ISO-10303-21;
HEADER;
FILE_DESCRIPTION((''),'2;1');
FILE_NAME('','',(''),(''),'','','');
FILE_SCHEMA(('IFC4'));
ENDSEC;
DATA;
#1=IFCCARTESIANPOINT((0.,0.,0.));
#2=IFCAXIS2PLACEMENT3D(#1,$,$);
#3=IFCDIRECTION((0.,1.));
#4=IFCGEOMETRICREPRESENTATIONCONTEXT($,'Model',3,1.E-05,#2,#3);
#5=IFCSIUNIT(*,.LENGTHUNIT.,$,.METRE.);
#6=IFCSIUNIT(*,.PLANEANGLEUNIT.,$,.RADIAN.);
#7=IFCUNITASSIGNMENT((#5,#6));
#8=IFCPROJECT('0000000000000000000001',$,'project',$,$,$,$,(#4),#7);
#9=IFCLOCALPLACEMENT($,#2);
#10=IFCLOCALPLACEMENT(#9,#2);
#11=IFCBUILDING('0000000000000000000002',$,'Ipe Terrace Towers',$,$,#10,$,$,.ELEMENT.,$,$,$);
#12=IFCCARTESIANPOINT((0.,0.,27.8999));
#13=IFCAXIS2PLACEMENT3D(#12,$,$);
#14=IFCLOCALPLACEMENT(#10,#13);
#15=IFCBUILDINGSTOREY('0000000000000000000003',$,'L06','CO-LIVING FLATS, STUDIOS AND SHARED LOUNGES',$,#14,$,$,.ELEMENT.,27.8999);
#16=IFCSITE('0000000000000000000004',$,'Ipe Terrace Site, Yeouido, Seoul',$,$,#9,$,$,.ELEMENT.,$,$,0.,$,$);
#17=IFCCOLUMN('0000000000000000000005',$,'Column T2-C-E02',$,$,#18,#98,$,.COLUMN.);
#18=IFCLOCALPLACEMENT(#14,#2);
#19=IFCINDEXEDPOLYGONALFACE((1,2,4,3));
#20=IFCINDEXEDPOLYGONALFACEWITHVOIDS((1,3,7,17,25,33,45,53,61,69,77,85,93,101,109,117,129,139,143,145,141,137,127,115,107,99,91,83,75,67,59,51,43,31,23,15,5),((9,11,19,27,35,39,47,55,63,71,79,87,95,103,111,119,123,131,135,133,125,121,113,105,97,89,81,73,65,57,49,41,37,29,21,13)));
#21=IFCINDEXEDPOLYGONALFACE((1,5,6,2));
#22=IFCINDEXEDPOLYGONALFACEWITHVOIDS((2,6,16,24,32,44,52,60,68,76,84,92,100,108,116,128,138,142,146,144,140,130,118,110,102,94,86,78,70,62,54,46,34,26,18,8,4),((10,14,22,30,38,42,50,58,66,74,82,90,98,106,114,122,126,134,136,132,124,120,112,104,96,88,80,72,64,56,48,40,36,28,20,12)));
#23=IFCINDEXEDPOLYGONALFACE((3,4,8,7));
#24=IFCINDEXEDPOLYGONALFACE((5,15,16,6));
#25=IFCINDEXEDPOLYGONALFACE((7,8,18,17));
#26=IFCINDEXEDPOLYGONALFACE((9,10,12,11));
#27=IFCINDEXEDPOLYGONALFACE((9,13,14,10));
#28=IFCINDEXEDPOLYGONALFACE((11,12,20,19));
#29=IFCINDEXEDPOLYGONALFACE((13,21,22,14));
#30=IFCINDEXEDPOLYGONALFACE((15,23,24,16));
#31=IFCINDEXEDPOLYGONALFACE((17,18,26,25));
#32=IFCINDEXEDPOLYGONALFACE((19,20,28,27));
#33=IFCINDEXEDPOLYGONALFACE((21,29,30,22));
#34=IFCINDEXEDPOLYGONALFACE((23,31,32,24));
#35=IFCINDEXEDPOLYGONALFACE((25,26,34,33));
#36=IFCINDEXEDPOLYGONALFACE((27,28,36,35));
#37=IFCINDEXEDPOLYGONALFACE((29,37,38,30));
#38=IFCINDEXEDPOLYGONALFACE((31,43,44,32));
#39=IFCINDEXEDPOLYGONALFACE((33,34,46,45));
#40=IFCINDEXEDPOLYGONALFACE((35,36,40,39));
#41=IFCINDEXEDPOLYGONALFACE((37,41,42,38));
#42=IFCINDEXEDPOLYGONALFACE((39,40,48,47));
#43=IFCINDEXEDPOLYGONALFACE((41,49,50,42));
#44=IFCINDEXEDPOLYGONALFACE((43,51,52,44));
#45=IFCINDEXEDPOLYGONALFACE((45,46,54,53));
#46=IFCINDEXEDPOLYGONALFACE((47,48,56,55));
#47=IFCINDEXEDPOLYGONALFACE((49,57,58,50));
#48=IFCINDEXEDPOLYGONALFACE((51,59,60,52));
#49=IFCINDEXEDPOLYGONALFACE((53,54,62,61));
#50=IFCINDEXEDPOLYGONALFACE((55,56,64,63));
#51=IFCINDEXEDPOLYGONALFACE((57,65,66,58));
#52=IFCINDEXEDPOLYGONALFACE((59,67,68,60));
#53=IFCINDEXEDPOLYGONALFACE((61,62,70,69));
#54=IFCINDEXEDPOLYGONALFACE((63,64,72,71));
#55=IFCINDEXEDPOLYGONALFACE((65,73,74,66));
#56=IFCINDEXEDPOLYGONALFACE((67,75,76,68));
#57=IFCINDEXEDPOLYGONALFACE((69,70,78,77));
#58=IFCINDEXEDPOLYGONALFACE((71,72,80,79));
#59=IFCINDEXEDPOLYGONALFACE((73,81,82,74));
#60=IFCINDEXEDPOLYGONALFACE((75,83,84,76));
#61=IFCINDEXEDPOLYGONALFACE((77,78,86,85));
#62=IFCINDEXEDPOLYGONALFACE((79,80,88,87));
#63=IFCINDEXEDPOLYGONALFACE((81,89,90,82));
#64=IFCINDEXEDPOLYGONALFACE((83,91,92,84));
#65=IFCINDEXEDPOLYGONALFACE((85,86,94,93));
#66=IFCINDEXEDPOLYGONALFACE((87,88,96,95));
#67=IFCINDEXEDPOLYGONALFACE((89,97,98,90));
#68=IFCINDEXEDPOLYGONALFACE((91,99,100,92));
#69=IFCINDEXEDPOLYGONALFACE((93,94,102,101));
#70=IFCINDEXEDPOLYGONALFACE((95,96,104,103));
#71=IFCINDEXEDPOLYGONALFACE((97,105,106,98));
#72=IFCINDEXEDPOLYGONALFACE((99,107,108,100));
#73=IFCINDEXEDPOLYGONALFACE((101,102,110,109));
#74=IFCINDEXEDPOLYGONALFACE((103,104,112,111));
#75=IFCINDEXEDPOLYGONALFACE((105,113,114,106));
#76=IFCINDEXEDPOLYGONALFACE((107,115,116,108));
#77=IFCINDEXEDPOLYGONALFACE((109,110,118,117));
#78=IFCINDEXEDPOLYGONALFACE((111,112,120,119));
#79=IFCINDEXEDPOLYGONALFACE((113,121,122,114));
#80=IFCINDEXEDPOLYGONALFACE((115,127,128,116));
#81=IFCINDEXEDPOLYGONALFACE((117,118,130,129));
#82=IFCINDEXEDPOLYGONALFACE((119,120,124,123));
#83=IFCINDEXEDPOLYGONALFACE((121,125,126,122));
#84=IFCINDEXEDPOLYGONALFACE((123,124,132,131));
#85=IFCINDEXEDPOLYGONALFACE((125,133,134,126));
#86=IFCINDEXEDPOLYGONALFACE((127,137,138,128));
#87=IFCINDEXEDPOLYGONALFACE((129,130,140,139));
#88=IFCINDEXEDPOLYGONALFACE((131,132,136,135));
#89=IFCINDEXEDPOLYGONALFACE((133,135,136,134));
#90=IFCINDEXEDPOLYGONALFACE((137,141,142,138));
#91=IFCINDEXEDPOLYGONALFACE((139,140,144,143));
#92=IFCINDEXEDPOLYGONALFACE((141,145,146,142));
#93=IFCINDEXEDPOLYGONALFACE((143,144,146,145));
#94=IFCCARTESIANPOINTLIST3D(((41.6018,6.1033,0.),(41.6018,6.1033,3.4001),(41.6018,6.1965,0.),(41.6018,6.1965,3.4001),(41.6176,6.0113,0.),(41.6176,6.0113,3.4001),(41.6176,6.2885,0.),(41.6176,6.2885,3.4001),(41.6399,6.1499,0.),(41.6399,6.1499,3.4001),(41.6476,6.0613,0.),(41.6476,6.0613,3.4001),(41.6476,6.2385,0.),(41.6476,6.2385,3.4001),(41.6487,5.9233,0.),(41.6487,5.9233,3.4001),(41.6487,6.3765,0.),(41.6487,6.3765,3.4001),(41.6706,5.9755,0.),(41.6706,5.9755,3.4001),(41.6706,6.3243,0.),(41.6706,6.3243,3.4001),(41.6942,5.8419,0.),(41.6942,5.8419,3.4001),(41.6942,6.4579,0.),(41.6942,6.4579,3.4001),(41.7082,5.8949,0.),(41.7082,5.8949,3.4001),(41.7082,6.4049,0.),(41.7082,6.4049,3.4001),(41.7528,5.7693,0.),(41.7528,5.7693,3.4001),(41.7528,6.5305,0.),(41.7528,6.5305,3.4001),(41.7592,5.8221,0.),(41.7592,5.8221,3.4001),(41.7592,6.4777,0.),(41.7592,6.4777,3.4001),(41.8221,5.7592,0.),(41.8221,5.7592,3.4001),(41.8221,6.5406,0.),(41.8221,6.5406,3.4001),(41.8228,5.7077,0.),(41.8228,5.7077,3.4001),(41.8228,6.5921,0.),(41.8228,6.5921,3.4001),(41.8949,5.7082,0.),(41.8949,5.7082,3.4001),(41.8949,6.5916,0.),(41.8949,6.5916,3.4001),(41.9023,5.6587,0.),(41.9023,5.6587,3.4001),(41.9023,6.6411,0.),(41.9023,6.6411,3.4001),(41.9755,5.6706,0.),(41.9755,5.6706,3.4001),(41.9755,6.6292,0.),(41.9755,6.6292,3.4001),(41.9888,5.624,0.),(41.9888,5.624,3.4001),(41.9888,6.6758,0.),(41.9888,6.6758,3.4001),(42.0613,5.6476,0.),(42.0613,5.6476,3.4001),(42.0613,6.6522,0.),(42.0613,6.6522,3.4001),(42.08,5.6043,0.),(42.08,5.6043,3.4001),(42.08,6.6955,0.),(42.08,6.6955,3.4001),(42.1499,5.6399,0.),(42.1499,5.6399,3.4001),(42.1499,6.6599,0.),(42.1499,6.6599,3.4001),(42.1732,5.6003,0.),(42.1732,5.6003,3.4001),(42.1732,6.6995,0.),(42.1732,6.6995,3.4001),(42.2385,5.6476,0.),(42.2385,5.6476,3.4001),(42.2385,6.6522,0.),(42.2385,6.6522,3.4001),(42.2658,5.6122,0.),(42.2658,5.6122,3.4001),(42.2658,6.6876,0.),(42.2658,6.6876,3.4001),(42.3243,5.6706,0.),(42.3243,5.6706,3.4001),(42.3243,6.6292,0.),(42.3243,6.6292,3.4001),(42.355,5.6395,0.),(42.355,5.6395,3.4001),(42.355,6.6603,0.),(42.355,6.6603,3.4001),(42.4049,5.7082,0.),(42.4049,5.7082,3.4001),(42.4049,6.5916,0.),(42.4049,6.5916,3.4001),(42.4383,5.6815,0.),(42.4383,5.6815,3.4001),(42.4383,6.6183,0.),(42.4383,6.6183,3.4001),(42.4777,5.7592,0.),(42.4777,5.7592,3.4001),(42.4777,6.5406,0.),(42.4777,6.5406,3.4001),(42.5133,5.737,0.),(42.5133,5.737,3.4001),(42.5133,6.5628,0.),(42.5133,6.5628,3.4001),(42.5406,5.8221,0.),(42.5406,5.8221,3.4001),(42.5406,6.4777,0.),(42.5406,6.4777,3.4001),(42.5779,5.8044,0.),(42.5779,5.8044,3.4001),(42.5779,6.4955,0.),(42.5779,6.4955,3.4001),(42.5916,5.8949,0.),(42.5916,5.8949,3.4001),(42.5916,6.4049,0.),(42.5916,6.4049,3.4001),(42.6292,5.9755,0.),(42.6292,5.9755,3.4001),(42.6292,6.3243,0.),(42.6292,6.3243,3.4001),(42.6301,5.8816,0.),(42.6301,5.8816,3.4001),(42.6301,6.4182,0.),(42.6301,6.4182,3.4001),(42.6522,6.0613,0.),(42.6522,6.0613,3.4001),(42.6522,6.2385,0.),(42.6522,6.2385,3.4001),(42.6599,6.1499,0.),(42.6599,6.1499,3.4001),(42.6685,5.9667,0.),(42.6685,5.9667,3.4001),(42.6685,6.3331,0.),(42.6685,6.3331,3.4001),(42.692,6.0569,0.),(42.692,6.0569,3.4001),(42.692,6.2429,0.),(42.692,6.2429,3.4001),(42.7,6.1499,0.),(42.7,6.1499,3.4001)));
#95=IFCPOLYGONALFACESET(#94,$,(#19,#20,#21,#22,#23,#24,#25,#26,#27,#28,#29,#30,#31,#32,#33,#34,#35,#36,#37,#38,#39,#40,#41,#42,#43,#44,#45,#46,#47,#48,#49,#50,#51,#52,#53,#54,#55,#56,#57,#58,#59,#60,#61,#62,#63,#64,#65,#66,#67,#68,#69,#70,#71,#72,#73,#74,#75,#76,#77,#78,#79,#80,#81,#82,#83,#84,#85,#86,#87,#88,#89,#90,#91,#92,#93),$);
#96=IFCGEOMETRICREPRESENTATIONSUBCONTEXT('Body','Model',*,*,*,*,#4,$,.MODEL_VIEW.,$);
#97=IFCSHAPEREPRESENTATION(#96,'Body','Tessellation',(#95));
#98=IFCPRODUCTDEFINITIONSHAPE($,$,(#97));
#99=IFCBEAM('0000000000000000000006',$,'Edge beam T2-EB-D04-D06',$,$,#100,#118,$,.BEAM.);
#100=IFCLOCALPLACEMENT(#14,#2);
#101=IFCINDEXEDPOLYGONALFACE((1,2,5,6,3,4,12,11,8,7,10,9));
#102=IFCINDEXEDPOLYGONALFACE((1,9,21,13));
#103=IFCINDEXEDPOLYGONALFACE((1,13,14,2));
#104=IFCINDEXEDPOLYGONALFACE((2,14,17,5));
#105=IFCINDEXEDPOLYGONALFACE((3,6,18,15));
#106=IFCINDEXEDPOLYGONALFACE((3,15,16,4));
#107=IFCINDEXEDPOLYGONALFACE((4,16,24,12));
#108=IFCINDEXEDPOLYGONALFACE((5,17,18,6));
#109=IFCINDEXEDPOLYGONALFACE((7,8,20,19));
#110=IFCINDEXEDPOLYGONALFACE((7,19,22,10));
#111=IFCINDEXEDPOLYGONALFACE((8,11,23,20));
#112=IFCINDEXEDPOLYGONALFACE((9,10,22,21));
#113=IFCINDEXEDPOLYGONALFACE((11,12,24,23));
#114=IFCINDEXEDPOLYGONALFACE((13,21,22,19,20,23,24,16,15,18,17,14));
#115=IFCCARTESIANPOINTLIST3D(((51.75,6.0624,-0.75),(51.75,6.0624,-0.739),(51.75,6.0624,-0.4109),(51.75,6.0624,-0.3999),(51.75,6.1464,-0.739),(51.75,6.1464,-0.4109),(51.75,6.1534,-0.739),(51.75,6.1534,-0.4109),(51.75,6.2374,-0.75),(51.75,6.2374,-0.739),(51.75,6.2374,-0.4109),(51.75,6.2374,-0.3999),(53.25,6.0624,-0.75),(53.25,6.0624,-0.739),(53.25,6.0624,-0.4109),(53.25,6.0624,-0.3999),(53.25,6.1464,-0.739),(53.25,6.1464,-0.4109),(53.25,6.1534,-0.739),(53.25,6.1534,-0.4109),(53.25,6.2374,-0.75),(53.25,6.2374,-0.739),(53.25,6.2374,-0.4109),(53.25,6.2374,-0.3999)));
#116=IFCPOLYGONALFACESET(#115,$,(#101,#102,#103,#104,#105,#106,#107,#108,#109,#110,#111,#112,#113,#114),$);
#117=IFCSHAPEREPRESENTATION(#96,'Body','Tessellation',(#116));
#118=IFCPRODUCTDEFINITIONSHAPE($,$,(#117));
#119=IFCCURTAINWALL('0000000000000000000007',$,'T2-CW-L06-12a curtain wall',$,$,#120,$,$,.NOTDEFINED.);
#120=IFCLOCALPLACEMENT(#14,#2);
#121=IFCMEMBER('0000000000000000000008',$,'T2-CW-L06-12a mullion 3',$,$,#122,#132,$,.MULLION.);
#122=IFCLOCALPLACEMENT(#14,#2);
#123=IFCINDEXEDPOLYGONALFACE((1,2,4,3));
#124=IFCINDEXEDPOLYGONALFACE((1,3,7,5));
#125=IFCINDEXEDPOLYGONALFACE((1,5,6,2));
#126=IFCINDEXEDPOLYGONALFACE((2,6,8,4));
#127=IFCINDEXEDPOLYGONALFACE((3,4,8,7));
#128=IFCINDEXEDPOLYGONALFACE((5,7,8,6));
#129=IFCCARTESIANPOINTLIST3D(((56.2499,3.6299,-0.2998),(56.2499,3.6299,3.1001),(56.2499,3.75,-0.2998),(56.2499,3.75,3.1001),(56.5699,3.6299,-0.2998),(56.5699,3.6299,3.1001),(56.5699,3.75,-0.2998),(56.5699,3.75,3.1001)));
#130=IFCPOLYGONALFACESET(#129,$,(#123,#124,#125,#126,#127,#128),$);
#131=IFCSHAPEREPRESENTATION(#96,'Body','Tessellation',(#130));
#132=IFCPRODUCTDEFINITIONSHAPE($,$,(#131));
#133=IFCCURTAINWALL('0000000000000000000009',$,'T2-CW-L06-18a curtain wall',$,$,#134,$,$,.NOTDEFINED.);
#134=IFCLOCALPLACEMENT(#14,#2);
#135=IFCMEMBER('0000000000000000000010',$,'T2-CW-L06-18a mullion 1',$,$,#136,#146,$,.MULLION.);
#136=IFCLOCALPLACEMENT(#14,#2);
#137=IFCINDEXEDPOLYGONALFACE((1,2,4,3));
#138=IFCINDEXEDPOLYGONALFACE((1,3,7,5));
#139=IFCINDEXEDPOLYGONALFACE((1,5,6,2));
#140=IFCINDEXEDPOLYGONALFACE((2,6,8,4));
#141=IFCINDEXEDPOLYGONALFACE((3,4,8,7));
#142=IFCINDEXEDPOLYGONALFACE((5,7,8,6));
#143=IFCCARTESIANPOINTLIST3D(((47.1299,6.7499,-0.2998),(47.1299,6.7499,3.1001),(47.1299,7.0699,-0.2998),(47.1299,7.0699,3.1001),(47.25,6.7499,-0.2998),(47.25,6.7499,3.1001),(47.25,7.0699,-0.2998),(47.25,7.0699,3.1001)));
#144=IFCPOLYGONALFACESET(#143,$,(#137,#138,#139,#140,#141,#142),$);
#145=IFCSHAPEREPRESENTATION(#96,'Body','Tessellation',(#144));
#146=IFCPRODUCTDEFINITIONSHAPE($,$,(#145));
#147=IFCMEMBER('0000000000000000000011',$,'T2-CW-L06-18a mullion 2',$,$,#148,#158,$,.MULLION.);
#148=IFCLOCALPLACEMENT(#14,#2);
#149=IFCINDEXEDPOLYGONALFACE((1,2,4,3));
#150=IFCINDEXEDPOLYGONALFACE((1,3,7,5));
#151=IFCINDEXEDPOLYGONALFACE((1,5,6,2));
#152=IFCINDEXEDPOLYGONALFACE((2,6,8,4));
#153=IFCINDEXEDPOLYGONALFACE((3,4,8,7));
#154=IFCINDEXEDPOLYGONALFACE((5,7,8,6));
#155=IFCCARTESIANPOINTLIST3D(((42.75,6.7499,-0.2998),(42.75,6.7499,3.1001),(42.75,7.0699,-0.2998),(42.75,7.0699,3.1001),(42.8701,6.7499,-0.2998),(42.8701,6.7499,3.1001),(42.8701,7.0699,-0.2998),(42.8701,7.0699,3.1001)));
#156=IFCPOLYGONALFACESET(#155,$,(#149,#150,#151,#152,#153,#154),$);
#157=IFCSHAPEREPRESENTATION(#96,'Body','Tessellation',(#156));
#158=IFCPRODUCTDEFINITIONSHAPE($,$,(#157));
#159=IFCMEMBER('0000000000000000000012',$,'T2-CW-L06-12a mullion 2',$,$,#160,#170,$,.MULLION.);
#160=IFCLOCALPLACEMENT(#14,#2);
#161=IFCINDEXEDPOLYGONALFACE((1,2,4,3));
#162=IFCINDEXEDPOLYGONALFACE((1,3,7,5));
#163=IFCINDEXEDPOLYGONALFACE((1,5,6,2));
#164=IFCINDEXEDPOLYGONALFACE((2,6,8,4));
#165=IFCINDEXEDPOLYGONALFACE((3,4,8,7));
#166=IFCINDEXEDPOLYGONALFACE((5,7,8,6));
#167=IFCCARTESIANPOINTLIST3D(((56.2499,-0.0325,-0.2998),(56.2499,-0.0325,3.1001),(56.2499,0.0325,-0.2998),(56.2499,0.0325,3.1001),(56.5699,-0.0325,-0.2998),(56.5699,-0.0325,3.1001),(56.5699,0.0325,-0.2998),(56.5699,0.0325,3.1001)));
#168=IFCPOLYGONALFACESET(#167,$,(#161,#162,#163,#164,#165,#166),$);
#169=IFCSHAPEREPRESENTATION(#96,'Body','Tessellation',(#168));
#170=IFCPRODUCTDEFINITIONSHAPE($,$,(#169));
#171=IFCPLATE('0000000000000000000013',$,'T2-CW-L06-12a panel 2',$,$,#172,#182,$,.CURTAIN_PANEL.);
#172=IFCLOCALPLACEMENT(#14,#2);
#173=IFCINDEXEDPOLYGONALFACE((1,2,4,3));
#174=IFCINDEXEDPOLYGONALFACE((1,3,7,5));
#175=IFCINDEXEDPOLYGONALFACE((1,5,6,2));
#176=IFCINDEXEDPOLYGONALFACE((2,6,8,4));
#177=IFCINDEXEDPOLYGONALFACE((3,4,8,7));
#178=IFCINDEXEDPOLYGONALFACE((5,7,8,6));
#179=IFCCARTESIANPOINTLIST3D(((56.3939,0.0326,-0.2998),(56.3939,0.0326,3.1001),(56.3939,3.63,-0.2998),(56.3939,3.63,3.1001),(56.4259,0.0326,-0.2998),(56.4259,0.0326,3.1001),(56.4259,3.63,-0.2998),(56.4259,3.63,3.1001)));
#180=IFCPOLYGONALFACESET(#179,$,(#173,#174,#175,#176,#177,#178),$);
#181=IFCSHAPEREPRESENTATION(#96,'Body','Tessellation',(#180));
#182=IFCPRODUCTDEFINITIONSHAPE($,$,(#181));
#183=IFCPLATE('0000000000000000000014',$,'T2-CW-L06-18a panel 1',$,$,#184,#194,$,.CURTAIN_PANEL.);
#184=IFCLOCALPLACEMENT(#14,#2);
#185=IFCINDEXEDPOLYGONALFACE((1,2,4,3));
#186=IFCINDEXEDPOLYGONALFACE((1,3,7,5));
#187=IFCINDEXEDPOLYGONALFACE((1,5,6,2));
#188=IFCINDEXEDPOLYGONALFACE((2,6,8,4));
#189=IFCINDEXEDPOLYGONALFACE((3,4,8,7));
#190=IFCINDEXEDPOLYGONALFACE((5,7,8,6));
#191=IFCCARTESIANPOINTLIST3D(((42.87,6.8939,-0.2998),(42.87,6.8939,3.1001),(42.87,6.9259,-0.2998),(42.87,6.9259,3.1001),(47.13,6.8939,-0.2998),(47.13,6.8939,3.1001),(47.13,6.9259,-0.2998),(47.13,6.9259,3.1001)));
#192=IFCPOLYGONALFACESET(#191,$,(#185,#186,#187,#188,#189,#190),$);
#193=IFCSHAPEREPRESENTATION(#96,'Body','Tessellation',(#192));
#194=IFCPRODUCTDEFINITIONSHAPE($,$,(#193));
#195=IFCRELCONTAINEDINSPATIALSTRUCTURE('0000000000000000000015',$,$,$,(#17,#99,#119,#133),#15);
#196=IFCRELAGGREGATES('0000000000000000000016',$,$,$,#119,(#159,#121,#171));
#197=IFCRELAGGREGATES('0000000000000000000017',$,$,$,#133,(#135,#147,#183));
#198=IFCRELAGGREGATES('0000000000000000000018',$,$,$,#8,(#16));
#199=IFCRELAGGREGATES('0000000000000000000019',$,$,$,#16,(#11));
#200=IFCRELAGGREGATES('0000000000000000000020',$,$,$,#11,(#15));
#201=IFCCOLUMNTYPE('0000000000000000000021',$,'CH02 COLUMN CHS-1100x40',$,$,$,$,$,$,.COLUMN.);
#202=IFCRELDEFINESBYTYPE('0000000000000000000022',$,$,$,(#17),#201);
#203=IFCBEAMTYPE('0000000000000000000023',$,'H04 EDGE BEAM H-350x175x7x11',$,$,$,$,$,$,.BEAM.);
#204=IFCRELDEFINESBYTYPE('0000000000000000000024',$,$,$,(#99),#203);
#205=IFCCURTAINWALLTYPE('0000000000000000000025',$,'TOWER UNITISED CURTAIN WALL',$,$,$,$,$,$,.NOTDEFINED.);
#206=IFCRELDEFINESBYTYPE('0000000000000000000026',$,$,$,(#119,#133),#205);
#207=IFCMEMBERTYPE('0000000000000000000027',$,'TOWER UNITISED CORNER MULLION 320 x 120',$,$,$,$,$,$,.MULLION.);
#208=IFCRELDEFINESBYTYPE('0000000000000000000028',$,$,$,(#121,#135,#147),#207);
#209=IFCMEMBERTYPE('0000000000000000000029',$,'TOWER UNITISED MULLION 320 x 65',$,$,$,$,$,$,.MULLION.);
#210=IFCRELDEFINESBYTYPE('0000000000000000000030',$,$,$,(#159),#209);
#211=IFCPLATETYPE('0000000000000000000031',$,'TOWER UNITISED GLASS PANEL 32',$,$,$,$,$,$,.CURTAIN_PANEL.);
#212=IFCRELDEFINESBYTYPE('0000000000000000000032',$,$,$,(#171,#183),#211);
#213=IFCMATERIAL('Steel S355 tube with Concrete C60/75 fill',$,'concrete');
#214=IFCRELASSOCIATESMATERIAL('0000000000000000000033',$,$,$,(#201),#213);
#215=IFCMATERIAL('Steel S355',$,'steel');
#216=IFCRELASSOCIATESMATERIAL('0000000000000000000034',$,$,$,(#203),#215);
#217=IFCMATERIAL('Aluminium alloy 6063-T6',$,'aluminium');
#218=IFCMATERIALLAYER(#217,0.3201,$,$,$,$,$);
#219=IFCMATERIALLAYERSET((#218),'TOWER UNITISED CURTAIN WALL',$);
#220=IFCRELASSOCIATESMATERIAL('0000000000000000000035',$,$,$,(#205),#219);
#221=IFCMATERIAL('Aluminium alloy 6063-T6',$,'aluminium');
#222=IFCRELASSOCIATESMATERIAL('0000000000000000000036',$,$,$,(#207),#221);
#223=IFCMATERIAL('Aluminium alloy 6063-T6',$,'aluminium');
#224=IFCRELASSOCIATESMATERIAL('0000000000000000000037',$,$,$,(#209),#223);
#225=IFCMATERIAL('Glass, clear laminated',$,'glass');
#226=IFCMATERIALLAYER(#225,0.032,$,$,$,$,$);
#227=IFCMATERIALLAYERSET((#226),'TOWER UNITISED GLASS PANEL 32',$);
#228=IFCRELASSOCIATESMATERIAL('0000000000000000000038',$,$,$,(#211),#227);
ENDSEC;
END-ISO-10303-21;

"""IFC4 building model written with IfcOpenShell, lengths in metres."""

from ifc_helpers import new_model, si_unit, direction, frame, origin, origin_2d, place, context, subcontext, project, spatial, rectangle, hollow_circle, i_section, extrude, material, layer, layer_set, material_profile, profile_set, type_object, element, aggregate, save


model = new_model("IFC4")

# Units and contexts
model_context = context("Model", 3, precision=1e-05, world=origin(), true_north=direction((0.0, 1.0)))
body_context = subcontext(model_context, "Body", "Model", "MODEL_VIEW")
ifc_project = project(units=[si_unit("LENGTHUNIT", "METRE"), si_unit("PLANEANGLEUNIT", "RADIAN")], contexts=[model_context])

# Site, building, storey
site_placement = place(None, origin())
site = spatial("IfcSite", under=ifc_project, at=site_placement, Name="Ipe Terrace Site, Yeouido, Seoul", CompositionType="ELEMENT", RefElevation=0.0)
building_placement = place(site_placement, origin())
building = spatial("IfcBuilding", under=site, at=building_placement, Name="Ipe Terrace Towers", CompositionType="ELEMENT")
storey_placement = place(building_placement, frame((0.0, 0.0, 27.8999)))
storey = spatial("IfcBuildingStorey", under=building, at=storey_placement, Name="L06", Description="CO-LIVING FLATS, STUDIOS AND SHARED LOUNGES", CompositionType="ELEMENT", Elevation=27.8999)

# Column
ifc_material_1 = material(Name="Steel S355 tube with Concrete C60/75 fill", Category="concrete")
ifc_material_profile_1 = material_profile(ifc_material_1, hollow_circle(Radius=0.55, WallThickness=0.04, at=origin_2d()), Name="CHS-1100x40")
ifc_profile_set_1 = profile_set([ifc_material_profile_1], Name="Steel S355 tube with Concrete C60/75 fill")
column_type_1 = type_object("IfcColumnType", Name="CH02 COLUMN CHS-1100x40", PredefinedType="COLUMN", material=ifc_profile_set_1)
column_placement = place(storey_placement, frame((42.1499, 6.1499, 0.0), z_axis=(0.0, 0.0, 1.0), x_axis=(1.0, 0.0, 0.0)))
element("IfcColumn", 1, at=column_placement, inside=storey, type_object=column_type_1, Name="Column T2-C-E02", PredefinedType="COLUMN", context=body_context, shape_type="SweptSolid", body=[
    extrude(hollow_circle(Radius=0.55, WallThickness=0.04, at=origin_2d()), origin(), (0.0, 0.0, 1.0), 3.4001),
])

# Beam
ifc_material_2 = material(Name="Steel S355", Category="steel")
ifc_material_profile_2 = material_profile(ifc_material_2, i_section(OverallWidth=0.175, OverallDepth=0.3501, WebThickness=0.0071, FlangeThickness=0.011, at=origin_2d()), Name="H-350x175x7x11")
ifc_profile_set_2 = profile_set([ifc_material_profile_2], Name="Steel S355")
beam_type = type_object("IfcBeamType", Name="H04 EDGE BEAM H-350x175x7x11", PredefinedType="BEAM", material=ifc_profile_set_2)
beam_placement = place(storey_placement, frame((51.75, 6.1499, -0.575), z_axis=(1.0, 0.0, 0.0), x_axis=(0.0, 1.0, 0.0)))
element("IfcBeam", 2, at=beam_placement, inside=storey, type_object=beam_type, Name="Edge beam T2-EB-D04-D06", PredefinedType="BEAM", context=body_context, shape_type="SweptSolid", body=[
    extrude(i_section(OverallWidth=0.175, OverallDepth=0.3501, WebThickness=0.0071, FlangeThickness=0.011, at=origin_2d()), origin(), (0.0, 0.0, 1.0), 1.5),
])

# Curtain wall, member
ifc_material_3 = material(Name="Aluminium alloy 6063-T6", Category="aluminium")
ifc_layer_1 = layer(ifc_material_3, 0.3201)
ifc_layer_set_1 = layer_set([ifc_layer_1], Name="TOWER UNITISED CURTAIN WALL")
curtain_wall_type = type_object("IfcCurtainWallType", Name="TOWER UNITISED CURTAIN WALL", PredefinedType="NOTDEFINED", material=ifc_layer_set_1)
curtain_wall_1_placement = place(storey_placement, origin())
curtain_wall_1 = element("IfcCurtainWall", 3, at=curtain_wall_1_placement, inside=storey, type_object=curtain_wall_type, Name="T2-CW-L06-12a curtain wall", PredefinedType="NOTDEFINED")
ifc_material_4 = material(Name="Aluminium alloy 6063-T6", Category="aluminium")
ifc_material_profile_3 = material_profile(ifc_material_4, rectangle(XDim=0.3201, YDim=0.1201, at=origin_2d()), Name="TOWER UNITISED CORNER MULLION 320 x 120")
ifc_profile_set_3 = profile_set([ifc_material_profile_3], Name="Aluminium alloy 6063-T6")
member_type_1 = type_object("IfcMemberType", Name="TOWER UNITISED CORNER MULLION 320 x 120", PredefinedType="MULLION", material=ifc_profile_set_3)
member_1_placement = place(storey_placement, frame((56.4099, 3.6899, -0.2998), z_axis=(0.0, 0.0, 1.0), x_axis=(1.0, 0.0, 0.0)))
member_1 = element("IfcMember", 4, at=member_1_placement, type_object=member_type_1, Name="T2-CW-L06-12a mullion 3", PredefinedType="MULLION", context=body_context, shape_type="SweptSolid", body=[
    extrude(rectangle(XDim=0.3201, YDim=0.1201, at=origin_2d()), origin(), (0.0, 0.0, 1.0), 3.3999),
])

# Curtain wall, members
curtain_wall_2_placement = place(storey_placement, origin())
curtain_wall_2 = element("IfcCurtainWall", 5, at=curtain_wall_2_placement, inside=storey, type_object=curtain_wall_type, Name="T2-CW-L06-18a curtain wall", PredefinedType="NOTDEFINED")
member_2_placement = place(storey_placement, frame((47.1899, 6.9099, -0.2998), z_axis=(0.0, 0.0, 1.0), x_axis=(0.0, 1.0, 0.0)))
member_2 = element("IfcMember", 6, at=member_2_placement, type_object=member_type_1, Name="T2-CW-L06-18a mullion 1", PredefinedType="MULLION", context=body_context, shape_type="SweptSolid", body=[
    extrude(rectangle(XDim=0.3201, YDim=0.1201, at=origin_2d()), origin(), (0.0, 0.0, 1.0), 3.3999),
])
member_3_placement = place(storey_placement, frame((42.8101, 6.9099, -0.2998), z_axis=(0.0, 0.0, 1.0), x_axis=(0.0, 1.0, 0.0)))
member_3 = element("IfcMember", 7, at=member_3_placement, type_object=member_type_1, Name="T2-CW-L06-18a mullion 2", PredefinedType="MULLION", context=body_context, shape_type="SweptSolid", body=[
    extrude(rectangle(XDim=0.3201, YDim=0.1201, at=origin_2d()), origin(), (0.0, 0.0, 1.0), 3.3999),
])

# Member
ifc_material_5 = material(Name="Aluminium alloy 6063-T6", Category="aluminium")
ifc_material_profile_4 = material_profile(ifc_material_5, rectangle(XDim=0.3201, YDim=0.0649, at=origin_2d()), Name="TOWER UNITISED MULLION 320 x 65")
ifc_profile_set_4 = profile_set([ifc_material_profile_4], Name="Aluminium alloy 6063-T6")
member_type_2 = type_object("IfcMemberType", Name="TOWER UNITISED MULLION 320 x 65", PredefinedType="MULLION", material=ifc_profile_set_4)
member_4_placement = place(storey_placement, frame((56.4099, 0.0, -0.2998), z_axis=(0.0, 0.0, 1.0), x_axis=(1.0, 0.0, 0.0)))
member_4 = element("IfcMember", 8, at=member_4_placement, type_object=member_type_2, Name="T2-CW-L06-12a mullion 2", PredefinedType="MULLION", context=body_context, shape_type="SweptSolid", body=[
    extrude(rectangle(XDim=0.3201, YDim=0.0649, at=origin_2d()), origin(), (0.0, 0.0, 1.0), 3.3999),
])

# Plates
ifc_material_6 = material(Name="Glass, clear laminated", Category="glass")
ifc_layer_2 = layer(ifc_material_6, 0.032)
ifc_layer_set_2 = layer_set([ifc_layer_2], Name="TOWER UNITISED GLASS PANEL 32")
plate_type = type_object("IfcPlateType", Name="TOWER UNITISED GLASS PANEL 32", PredefinedType="CURTAIN_PANEL", material=ifc_layer_set_2)
plate_1_placement = place(storey_placement, frame((56.4099, 1.8313, -0.2998), z_axis=(0.0, 0.0, 1.0), x_axis=(0.0, 1.0, 0.0)))
plate_1 = element("IfcPlate", 9, at=plate_1_placement, type_object=plate_type, Name="T2-CW-L06-12a panel 2", PredefinedType="CURTAIN_PANEL", context=body_context, shape_type="SweptSolid", body=[
    extrude(rectangle(XDim=3.5974, YDim=0.032, at=origin_2d()), origin(), (0.0, 0.0, 1.0), 3.3999),
])
aggregate(curtain_wall_1, [member_4, member_1, plate_1])
plate_2_placement = place(storey_placement, frame((45.0, 6.9099, -0.2998), z_axis=(0.0, 0.0, 1.0), x_axis=(-1.0, 0.0, 0.0)))
plate_2 = element("IfcPlate", 10, at=plate_2_placement, type_object=plate_type, Name="T2-CW-L06-18a panel 1", PredefinedType="CURTAIN_PANEL", context=body_context, shape_type="SweptSolid", body=[
    extrude(rectangle(XDim=4.26, YDim=0.032, at=origin_2d()), origin(), (0.0, 0.0, 1.0), 3.3999),
])
aggregate(curtain_wall_2, [member_2, member_3, plate_2])

save(model, "model.ifc")
